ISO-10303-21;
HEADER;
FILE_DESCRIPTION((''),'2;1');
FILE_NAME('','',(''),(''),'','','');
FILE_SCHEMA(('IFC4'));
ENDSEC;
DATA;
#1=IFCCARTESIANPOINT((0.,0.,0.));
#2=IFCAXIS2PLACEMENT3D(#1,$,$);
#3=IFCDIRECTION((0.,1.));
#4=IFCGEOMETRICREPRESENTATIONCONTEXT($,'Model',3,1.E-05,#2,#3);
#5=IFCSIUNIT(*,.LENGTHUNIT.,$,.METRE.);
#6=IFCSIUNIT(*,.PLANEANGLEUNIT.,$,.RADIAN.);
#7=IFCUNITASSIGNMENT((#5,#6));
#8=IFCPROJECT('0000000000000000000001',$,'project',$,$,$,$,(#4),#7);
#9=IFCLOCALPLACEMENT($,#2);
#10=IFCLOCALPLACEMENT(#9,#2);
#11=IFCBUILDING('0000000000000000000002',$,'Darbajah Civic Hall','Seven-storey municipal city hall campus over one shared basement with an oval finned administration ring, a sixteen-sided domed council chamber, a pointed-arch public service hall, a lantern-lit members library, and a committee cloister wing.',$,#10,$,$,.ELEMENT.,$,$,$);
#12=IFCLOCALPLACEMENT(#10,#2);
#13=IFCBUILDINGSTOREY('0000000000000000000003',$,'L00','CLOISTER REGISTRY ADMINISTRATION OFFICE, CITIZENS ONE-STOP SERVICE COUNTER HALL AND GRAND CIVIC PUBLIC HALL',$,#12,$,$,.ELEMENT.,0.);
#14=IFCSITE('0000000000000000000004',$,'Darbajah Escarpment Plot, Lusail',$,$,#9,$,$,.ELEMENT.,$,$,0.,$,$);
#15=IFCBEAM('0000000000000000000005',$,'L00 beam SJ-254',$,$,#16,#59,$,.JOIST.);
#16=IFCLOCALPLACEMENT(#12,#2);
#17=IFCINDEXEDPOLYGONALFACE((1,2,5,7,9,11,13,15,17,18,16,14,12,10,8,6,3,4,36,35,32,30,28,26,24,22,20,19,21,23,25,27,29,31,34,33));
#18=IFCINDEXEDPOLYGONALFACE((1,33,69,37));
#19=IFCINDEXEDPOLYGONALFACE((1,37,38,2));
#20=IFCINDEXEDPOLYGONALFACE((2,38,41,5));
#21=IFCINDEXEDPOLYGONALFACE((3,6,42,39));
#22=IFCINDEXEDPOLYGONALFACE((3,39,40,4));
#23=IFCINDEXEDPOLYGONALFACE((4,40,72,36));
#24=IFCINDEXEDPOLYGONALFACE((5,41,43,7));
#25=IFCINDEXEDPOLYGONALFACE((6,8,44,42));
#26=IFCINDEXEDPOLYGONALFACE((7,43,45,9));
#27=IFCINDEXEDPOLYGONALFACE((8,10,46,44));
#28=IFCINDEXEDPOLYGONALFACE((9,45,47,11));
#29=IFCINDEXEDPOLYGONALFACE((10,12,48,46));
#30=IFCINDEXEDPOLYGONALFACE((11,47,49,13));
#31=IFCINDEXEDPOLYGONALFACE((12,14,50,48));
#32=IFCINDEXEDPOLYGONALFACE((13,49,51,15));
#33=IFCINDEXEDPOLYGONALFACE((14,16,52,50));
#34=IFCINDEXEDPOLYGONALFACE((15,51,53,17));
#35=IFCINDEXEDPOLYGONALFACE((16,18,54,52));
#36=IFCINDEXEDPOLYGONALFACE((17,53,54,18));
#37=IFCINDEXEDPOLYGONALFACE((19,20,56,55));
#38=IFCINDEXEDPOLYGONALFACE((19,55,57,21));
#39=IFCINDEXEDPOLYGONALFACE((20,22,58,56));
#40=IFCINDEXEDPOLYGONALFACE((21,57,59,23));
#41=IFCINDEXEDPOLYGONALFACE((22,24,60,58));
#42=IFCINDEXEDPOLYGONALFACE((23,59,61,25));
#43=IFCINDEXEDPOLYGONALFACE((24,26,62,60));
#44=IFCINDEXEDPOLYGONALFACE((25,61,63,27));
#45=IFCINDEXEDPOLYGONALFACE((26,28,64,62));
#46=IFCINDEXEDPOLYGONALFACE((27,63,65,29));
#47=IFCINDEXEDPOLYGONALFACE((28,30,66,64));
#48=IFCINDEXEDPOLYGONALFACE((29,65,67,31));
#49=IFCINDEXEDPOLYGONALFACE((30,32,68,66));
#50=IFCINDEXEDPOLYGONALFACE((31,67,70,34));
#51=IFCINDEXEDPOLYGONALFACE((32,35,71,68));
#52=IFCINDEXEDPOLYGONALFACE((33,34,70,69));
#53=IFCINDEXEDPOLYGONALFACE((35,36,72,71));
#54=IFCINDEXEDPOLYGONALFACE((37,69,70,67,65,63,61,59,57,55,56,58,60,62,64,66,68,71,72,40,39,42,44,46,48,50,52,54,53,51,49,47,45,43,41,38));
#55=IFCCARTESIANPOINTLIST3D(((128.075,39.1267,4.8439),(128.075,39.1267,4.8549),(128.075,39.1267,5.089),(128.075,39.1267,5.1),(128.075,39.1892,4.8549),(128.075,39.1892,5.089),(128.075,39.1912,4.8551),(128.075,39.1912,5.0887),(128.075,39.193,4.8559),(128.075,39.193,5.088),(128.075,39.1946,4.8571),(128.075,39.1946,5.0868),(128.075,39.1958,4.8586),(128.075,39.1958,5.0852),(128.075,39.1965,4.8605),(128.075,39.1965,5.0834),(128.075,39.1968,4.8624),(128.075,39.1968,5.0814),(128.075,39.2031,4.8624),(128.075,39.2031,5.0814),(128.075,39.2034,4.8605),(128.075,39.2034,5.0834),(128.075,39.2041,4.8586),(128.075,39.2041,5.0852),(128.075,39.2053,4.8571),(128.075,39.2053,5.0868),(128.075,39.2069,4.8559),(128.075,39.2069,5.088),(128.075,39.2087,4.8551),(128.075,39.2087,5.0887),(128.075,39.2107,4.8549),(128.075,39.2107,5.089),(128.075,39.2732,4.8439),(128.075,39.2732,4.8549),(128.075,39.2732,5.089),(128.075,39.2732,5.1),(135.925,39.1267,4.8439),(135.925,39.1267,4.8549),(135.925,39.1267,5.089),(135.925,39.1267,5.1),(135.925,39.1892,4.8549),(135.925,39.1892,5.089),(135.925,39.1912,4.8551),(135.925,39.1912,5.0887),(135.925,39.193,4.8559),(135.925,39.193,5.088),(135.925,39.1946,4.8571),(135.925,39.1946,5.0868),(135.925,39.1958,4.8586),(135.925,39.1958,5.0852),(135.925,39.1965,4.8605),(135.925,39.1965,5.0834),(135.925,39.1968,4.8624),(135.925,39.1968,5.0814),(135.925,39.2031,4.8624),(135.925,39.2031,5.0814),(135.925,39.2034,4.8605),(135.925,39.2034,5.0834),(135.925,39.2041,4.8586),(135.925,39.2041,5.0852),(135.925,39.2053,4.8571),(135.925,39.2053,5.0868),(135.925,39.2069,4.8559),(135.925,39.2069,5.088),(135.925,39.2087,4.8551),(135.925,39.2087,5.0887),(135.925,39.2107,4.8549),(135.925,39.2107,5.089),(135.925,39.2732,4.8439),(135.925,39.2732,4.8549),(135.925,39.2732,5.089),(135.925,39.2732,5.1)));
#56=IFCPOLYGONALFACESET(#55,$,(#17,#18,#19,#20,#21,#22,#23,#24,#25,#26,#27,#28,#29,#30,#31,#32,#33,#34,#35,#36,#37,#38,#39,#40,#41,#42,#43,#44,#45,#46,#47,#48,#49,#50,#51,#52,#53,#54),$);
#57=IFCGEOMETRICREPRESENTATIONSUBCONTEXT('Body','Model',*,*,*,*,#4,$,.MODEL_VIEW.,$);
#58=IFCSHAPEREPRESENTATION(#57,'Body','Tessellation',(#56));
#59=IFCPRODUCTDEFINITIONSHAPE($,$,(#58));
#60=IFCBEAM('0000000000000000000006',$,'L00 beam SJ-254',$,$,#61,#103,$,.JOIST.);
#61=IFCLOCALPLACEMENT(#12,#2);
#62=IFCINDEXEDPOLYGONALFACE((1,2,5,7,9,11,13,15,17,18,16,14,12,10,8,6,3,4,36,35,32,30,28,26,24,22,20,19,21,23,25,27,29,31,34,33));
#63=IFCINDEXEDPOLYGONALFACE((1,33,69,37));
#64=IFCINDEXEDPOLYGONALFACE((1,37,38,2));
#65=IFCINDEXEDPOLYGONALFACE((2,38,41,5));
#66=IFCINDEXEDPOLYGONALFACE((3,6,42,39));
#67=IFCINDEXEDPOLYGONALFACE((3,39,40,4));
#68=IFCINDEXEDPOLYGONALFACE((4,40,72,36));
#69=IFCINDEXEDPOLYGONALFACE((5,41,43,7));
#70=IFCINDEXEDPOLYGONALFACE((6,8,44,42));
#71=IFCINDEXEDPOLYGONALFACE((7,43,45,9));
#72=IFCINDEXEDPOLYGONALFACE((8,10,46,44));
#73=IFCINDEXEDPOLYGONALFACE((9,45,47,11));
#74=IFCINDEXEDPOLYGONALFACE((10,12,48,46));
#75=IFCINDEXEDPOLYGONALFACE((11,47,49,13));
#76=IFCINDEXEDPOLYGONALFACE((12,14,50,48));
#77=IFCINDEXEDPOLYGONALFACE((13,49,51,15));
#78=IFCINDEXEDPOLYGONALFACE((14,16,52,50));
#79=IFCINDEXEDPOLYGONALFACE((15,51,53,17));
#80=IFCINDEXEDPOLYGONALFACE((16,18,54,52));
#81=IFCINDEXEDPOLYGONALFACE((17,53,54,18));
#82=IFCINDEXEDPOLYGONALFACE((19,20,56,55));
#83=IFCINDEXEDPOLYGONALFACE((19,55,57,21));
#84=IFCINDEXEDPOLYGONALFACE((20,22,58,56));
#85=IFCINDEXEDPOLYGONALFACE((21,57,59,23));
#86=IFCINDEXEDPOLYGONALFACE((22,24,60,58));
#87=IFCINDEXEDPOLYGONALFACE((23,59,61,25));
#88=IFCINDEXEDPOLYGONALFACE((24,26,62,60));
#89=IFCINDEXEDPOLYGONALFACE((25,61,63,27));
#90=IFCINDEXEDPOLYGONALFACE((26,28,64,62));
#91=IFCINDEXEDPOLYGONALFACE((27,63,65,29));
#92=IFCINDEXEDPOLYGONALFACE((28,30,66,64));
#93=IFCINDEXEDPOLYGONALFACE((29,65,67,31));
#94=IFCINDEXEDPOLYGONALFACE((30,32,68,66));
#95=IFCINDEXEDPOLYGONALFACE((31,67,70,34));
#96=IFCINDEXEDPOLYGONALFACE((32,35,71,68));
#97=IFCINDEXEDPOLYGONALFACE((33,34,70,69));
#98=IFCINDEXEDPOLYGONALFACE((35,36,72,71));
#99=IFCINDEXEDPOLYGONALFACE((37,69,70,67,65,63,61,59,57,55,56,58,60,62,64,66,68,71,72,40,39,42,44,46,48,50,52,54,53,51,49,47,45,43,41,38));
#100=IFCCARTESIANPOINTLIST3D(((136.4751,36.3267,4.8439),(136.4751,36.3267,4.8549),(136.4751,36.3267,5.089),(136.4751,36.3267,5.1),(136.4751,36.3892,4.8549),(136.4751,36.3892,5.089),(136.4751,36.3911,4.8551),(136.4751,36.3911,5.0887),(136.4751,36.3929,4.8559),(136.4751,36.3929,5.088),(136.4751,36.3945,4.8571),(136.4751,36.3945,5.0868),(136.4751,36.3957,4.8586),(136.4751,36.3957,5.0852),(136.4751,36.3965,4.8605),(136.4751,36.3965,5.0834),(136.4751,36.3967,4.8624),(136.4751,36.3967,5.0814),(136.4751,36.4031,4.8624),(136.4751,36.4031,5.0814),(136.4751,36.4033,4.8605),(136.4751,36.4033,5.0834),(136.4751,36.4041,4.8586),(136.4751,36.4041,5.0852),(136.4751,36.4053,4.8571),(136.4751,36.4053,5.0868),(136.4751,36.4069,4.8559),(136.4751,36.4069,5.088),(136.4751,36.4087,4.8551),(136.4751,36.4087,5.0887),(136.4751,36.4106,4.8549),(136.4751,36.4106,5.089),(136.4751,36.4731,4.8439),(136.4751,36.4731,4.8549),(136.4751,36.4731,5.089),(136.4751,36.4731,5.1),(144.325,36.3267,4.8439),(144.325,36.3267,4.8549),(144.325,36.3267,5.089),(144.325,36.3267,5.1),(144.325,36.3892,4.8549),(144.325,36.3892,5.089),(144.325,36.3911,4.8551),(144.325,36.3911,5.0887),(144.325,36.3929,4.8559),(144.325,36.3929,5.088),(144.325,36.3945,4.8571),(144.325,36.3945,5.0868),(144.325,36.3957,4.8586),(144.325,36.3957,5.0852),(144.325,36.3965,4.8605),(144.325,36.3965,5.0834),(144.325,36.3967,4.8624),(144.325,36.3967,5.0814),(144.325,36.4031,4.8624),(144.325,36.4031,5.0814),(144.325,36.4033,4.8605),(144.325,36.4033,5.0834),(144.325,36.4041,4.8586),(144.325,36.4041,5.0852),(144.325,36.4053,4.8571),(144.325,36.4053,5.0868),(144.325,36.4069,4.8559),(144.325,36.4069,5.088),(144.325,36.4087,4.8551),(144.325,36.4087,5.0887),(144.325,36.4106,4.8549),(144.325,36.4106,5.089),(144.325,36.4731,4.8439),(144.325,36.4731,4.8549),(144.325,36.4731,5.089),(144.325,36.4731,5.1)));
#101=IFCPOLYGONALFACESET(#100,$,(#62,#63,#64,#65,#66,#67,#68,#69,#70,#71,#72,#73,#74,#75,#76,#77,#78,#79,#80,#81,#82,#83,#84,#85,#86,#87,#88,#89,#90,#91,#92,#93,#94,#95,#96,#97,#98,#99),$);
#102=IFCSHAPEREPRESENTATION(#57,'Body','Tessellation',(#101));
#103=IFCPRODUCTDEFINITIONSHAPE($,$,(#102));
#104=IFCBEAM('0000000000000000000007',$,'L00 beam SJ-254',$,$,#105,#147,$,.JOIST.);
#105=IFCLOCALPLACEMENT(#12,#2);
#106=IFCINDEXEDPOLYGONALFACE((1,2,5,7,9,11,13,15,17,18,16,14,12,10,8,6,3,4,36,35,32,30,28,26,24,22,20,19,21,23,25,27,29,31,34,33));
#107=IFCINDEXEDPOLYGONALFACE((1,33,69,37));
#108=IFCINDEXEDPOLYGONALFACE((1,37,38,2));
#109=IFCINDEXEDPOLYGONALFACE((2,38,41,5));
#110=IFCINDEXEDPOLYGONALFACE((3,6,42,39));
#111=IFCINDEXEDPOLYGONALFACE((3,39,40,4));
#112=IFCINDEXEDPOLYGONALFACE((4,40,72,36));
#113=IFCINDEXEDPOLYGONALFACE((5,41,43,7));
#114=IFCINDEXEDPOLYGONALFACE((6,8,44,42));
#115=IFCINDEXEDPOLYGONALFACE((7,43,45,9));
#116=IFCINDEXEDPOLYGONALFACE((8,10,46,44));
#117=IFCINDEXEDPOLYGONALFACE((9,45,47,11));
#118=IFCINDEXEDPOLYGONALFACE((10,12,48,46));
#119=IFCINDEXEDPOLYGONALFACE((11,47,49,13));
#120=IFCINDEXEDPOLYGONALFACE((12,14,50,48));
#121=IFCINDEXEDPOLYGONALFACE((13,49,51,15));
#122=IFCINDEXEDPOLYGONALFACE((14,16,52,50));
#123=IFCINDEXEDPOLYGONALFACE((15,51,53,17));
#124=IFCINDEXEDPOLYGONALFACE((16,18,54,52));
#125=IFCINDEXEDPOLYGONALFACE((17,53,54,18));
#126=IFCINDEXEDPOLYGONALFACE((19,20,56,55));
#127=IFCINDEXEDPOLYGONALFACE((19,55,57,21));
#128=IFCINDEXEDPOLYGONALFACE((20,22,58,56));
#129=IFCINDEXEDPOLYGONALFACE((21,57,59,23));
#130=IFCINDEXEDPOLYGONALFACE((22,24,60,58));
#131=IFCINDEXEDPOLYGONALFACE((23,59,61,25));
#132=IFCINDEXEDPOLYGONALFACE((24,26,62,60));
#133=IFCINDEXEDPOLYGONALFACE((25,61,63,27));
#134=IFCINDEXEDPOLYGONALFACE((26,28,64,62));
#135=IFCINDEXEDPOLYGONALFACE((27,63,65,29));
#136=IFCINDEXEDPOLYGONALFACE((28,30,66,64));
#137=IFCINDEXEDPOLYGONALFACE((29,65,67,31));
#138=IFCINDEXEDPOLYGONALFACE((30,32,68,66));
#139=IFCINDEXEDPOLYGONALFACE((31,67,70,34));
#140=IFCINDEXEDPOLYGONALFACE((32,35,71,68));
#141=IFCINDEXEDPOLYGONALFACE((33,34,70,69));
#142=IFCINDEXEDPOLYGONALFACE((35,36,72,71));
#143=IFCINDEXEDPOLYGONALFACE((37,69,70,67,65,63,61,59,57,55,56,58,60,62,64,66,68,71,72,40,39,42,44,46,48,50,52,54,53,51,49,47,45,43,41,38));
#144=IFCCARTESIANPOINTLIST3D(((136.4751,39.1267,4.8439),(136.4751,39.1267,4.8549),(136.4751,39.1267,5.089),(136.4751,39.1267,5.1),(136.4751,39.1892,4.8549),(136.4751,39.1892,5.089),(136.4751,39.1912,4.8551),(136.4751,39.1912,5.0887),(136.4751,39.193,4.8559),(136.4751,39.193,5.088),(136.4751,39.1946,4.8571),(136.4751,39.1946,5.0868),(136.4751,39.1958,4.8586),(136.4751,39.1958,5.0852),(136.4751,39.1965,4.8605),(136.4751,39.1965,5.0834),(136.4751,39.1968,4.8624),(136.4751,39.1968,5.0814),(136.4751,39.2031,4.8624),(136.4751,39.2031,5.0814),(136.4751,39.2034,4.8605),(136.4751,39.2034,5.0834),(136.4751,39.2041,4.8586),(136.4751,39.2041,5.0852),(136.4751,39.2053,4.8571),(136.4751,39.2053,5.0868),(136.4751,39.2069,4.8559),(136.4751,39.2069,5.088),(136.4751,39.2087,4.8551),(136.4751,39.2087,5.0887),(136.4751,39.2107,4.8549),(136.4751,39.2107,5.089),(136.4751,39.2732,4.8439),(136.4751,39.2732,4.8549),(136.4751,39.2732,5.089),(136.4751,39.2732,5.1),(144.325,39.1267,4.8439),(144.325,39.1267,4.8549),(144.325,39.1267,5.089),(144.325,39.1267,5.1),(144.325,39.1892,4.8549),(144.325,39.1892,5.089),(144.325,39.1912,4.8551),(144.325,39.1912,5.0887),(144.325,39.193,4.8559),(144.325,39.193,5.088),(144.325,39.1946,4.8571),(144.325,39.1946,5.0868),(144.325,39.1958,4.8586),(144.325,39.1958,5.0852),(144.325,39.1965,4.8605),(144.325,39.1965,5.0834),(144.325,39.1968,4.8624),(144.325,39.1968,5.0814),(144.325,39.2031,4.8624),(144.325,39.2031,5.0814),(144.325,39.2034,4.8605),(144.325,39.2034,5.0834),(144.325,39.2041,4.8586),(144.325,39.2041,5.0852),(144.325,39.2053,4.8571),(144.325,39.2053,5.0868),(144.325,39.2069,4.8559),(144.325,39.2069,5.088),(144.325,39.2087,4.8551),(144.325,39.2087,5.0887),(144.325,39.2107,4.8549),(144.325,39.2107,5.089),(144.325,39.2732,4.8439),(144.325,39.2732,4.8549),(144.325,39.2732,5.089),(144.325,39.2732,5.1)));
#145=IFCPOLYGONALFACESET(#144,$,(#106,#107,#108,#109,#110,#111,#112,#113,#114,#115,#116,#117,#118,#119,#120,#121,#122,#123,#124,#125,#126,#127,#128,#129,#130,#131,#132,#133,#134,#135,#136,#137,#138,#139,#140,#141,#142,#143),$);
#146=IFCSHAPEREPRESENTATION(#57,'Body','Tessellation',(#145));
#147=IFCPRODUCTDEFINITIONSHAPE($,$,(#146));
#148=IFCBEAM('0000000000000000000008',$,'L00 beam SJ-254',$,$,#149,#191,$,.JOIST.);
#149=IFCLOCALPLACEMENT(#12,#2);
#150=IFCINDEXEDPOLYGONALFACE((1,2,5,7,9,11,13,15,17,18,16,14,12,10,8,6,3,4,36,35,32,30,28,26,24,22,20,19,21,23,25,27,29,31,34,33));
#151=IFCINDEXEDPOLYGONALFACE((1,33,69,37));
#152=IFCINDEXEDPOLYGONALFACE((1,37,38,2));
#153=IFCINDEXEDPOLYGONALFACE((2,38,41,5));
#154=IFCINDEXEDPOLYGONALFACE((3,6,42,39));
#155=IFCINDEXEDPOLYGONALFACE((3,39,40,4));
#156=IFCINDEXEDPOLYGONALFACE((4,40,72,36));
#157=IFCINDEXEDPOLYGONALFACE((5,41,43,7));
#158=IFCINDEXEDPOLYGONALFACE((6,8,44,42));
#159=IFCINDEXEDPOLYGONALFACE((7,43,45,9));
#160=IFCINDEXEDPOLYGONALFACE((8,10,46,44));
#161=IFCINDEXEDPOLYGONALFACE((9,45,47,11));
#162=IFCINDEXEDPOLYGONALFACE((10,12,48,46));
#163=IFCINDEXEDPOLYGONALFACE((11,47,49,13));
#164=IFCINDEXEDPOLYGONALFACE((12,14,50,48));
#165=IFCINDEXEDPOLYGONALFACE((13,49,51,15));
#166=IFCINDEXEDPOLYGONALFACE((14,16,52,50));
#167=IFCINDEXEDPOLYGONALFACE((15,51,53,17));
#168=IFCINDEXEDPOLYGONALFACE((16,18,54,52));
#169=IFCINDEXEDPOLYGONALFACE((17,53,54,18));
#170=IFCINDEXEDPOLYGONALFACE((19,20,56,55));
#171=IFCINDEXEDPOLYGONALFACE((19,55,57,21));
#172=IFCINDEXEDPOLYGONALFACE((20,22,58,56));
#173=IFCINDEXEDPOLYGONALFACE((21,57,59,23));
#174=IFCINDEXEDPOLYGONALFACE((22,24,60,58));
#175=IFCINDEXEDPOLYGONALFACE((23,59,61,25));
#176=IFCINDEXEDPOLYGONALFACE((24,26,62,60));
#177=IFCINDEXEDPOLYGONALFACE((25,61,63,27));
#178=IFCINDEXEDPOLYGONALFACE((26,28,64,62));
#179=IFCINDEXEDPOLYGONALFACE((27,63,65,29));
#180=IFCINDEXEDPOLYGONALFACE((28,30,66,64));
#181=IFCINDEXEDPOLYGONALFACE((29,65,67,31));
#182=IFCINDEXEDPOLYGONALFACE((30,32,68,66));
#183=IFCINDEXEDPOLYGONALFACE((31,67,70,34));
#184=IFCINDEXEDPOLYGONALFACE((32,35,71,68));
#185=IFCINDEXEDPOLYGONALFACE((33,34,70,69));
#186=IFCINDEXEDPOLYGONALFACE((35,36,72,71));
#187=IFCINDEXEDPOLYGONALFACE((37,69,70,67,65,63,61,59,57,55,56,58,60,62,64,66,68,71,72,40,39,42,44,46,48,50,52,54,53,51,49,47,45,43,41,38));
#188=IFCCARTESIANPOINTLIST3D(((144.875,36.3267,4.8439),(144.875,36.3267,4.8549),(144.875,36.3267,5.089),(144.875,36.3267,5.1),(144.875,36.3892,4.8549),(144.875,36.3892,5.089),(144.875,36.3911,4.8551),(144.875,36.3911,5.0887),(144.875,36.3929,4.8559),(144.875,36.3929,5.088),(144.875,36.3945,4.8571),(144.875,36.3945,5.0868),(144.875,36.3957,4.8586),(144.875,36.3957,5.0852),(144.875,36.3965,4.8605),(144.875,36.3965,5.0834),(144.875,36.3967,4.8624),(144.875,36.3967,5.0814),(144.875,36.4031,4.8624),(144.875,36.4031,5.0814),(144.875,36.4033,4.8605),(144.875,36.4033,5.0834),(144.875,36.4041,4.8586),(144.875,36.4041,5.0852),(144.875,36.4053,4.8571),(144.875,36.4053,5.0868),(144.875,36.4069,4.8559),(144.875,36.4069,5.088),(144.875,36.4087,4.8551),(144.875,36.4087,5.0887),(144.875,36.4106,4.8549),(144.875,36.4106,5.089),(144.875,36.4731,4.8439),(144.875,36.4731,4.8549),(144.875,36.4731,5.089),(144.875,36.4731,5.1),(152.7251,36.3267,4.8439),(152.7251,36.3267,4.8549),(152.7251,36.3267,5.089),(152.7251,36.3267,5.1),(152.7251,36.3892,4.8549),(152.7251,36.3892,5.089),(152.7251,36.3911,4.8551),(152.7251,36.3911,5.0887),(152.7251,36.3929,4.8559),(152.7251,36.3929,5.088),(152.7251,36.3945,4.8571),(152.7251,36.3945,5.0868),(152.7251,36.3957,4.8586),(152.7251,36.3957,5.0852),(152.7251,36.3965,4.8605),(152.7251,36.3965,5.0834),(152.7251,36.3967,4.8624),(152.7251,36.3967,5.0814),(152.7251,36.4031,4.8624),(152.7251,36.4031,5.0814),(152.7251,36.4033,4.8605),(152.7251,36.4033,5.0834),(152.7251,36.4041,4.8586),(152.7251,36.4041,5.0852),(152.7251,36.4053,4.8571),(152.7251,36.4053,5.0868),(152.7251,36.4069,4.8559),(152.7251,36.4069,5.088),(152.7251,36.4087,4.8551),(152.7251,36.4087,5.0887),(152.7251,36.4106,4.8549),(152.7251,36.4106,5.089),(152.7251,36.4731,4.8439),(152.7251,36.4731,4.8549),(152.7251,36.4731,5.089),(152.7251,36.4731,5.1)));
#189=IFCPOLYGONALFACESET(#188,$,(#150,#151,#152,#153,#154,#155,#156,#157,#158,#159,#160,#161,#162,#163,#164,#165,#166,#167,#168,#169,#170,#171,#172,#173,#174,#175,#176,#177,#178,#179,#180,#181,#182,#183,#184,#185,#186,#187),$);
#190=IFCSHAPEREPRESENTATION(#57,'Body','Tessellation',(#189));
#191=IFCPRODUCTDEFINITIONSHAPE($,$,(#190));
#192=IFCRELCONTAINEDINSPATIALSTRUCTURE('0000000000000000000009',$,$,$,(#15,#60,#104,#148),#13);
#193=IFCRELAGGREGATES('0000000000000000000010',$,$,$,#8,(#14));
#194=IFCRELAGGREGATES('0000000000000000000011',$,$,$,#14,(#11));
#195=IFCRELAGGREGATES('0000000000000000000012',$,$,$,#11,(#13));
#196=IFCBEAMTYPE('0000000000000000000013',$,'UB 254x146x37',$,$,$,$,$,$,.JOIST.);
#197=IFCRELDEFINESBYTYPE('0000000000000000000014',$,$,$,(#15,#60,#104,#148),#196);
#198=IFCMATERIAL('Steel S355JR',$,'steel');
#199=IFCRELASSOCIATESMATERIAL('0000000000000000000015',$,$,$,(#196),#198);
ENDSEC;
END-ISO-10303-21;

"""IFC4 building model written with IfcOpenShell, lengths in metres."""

from ifc_helpers import new_model, si_unit, direction, frame, origin, origin_2d, place, context, subcontext, project, spatial, i_section, extrude, material, material_profile, profile_set, type_object, element, save


model = new_model("IFC4")

# Units and contexts
model_context = context("Model", 3, precision=1e-05, world=origin(), true_north=direction((0.0, 1.0)))
body_context = subcontext(model_context, "Body", "Model", "MODEL_VIEW")
ifc_project = project(units=[si_unit("LENGTHUNIT", "METRE"), si_unit("PLANEANGLEUNIT", "RADIAN")], contexts=[model_context])

# Site, building, storey
site_placement = place(None, origin())
site = spatial("IfcSite", under=ifc_project, at=site_placement, Name="Darbajah Escarpment Plot, Lusail", CompositionType="ELEMENT", RefElevation=0.0)
building_placement = place(site_placement, origin())
building = spatial("IfcBuilding", under=site, at=building_placement, Name="Darbajah Civic Hall", Description="Seven-storey municipal city hall campus over one shared basement with an oval finned administration ring, a sixteen-sided domed council chamber, a pointed-arch public service hall, a lantern-lit members library, and a committee cloister wing.", CompositionType="ELEMENT")
storey_placement = place(building_placement, origin())
storey = spatial("IfcBuildingStorey", under=building, at=storey_placement, Name="L00", Description="CLOISTER REGISTRY ADMINISTRATION OFFICE, CITIZENS ONE-STOP SERVICE COUNTER HALL AND GRAND CIVIC PUBLIC HALL", CompositionType="ELEMENT", Elevation=0.0)

# Beams
ifc_material_1 = material(Name="Steel S355JR", Category="steel")
ifc_material_profile_1 = material_profile(ifc_material_1, i_section(OverallWidth=0.1465, OverallDepth=0.2561, WebThickness=0.0063, FlangeThickness=0.011, FilletRadius=0.0076, at=origin_2d()), Name="UB 254x146x37")
ifc_profile_set_1 = profile_set([ifc_material_profile_1], Name="Steel S355JR")
beam_type_1 = type_object("IfcBeamType", Name="UB 254x146x37", PredefinedType="JOIST", material=ifc_profile_set_1)
for number, where, z_axis, x_axis, name in (
    (1, (128.075, 39.2, 4.9719), (1.0, 0.0, 0.0), (0.0, 1.0, 0.0), "L00 beam SJ-254"),
):
    element("IfcBeam", number, at=place(storey_placement, frame(where, z_axis=z_axis, x_axis=x_axis)), inside=storey, type_object=beam_type_1, Name=name, PredefinedType="JOIST", context=body_context, shape_type="SweptSolid", body=[
        extrude(i_section(OverallWidth=0.1465, OverallDepth=0.2561, WebThickness=0.0063, FlangeThickness=0.011, FilletRadius=0.0076, at=origin_2d()), origin(), (0.0, 0.0, 1.0), 7.8501),
    ])
for number, where, z_axis, x_axis, name in (
    (2, (136.4751, 36.3999, 4.9719), (1.0, 0.0, 0.0), (0.0, 1.0, 0.0), "L00 beam SJ-254"),
    (3, (136.4751, 39.2, 4.9719), (1.0, 0.0, 0.0), (0.0, 1.0, 0.0), "L00 beam SJ-254"),
):
    element("IfcBeam", number, at=place(storey_placement, frame(where, z_axis=z_axis, x_axis=x_axis)), inside=storey, type_object=beam_type_1, Name=name, PredefinedType="JOIST", context=body_context, shape_type="SweptSolid", body=[
        extrude(i_section(OverallWidth=0.1465, OverallDepth=0.2561, WebThickness=0.0063, FlangeThickness=0.011, FilletRadius=0.0076, at=origin_2d()), origin(), (0.0, 0.0, 1.0), 7.8499),
    ])
for number, where, z_axis, x_axis, name in (
    (4, (144.875, 36.3999, 4.9719), (1.0, 0.0, 0.0), (0.0, 1.0, 0.0), "L00 beam SJ-254"),
):
    element("IfcBeam", number, at=place(storey_placement, frame(where, z_axis=z_axis, x_axis=x_axis)), inside=storey, type_object=beam_type_1, Name=name, PredefinedType="JOIST", context=body_context, shape_type="SweptSolid", body=[
        extrude(i_section(OverallWidth=0.1465, OverallDepth=0.2561, WebThickness=0.0063, FlangeThickness=0.011, FilletRadius=0.0076, at=origin_2d()), origin(), (0.0, 0.0, 1.0), 7.8501),
    ])

save(model, "model.ifc")
